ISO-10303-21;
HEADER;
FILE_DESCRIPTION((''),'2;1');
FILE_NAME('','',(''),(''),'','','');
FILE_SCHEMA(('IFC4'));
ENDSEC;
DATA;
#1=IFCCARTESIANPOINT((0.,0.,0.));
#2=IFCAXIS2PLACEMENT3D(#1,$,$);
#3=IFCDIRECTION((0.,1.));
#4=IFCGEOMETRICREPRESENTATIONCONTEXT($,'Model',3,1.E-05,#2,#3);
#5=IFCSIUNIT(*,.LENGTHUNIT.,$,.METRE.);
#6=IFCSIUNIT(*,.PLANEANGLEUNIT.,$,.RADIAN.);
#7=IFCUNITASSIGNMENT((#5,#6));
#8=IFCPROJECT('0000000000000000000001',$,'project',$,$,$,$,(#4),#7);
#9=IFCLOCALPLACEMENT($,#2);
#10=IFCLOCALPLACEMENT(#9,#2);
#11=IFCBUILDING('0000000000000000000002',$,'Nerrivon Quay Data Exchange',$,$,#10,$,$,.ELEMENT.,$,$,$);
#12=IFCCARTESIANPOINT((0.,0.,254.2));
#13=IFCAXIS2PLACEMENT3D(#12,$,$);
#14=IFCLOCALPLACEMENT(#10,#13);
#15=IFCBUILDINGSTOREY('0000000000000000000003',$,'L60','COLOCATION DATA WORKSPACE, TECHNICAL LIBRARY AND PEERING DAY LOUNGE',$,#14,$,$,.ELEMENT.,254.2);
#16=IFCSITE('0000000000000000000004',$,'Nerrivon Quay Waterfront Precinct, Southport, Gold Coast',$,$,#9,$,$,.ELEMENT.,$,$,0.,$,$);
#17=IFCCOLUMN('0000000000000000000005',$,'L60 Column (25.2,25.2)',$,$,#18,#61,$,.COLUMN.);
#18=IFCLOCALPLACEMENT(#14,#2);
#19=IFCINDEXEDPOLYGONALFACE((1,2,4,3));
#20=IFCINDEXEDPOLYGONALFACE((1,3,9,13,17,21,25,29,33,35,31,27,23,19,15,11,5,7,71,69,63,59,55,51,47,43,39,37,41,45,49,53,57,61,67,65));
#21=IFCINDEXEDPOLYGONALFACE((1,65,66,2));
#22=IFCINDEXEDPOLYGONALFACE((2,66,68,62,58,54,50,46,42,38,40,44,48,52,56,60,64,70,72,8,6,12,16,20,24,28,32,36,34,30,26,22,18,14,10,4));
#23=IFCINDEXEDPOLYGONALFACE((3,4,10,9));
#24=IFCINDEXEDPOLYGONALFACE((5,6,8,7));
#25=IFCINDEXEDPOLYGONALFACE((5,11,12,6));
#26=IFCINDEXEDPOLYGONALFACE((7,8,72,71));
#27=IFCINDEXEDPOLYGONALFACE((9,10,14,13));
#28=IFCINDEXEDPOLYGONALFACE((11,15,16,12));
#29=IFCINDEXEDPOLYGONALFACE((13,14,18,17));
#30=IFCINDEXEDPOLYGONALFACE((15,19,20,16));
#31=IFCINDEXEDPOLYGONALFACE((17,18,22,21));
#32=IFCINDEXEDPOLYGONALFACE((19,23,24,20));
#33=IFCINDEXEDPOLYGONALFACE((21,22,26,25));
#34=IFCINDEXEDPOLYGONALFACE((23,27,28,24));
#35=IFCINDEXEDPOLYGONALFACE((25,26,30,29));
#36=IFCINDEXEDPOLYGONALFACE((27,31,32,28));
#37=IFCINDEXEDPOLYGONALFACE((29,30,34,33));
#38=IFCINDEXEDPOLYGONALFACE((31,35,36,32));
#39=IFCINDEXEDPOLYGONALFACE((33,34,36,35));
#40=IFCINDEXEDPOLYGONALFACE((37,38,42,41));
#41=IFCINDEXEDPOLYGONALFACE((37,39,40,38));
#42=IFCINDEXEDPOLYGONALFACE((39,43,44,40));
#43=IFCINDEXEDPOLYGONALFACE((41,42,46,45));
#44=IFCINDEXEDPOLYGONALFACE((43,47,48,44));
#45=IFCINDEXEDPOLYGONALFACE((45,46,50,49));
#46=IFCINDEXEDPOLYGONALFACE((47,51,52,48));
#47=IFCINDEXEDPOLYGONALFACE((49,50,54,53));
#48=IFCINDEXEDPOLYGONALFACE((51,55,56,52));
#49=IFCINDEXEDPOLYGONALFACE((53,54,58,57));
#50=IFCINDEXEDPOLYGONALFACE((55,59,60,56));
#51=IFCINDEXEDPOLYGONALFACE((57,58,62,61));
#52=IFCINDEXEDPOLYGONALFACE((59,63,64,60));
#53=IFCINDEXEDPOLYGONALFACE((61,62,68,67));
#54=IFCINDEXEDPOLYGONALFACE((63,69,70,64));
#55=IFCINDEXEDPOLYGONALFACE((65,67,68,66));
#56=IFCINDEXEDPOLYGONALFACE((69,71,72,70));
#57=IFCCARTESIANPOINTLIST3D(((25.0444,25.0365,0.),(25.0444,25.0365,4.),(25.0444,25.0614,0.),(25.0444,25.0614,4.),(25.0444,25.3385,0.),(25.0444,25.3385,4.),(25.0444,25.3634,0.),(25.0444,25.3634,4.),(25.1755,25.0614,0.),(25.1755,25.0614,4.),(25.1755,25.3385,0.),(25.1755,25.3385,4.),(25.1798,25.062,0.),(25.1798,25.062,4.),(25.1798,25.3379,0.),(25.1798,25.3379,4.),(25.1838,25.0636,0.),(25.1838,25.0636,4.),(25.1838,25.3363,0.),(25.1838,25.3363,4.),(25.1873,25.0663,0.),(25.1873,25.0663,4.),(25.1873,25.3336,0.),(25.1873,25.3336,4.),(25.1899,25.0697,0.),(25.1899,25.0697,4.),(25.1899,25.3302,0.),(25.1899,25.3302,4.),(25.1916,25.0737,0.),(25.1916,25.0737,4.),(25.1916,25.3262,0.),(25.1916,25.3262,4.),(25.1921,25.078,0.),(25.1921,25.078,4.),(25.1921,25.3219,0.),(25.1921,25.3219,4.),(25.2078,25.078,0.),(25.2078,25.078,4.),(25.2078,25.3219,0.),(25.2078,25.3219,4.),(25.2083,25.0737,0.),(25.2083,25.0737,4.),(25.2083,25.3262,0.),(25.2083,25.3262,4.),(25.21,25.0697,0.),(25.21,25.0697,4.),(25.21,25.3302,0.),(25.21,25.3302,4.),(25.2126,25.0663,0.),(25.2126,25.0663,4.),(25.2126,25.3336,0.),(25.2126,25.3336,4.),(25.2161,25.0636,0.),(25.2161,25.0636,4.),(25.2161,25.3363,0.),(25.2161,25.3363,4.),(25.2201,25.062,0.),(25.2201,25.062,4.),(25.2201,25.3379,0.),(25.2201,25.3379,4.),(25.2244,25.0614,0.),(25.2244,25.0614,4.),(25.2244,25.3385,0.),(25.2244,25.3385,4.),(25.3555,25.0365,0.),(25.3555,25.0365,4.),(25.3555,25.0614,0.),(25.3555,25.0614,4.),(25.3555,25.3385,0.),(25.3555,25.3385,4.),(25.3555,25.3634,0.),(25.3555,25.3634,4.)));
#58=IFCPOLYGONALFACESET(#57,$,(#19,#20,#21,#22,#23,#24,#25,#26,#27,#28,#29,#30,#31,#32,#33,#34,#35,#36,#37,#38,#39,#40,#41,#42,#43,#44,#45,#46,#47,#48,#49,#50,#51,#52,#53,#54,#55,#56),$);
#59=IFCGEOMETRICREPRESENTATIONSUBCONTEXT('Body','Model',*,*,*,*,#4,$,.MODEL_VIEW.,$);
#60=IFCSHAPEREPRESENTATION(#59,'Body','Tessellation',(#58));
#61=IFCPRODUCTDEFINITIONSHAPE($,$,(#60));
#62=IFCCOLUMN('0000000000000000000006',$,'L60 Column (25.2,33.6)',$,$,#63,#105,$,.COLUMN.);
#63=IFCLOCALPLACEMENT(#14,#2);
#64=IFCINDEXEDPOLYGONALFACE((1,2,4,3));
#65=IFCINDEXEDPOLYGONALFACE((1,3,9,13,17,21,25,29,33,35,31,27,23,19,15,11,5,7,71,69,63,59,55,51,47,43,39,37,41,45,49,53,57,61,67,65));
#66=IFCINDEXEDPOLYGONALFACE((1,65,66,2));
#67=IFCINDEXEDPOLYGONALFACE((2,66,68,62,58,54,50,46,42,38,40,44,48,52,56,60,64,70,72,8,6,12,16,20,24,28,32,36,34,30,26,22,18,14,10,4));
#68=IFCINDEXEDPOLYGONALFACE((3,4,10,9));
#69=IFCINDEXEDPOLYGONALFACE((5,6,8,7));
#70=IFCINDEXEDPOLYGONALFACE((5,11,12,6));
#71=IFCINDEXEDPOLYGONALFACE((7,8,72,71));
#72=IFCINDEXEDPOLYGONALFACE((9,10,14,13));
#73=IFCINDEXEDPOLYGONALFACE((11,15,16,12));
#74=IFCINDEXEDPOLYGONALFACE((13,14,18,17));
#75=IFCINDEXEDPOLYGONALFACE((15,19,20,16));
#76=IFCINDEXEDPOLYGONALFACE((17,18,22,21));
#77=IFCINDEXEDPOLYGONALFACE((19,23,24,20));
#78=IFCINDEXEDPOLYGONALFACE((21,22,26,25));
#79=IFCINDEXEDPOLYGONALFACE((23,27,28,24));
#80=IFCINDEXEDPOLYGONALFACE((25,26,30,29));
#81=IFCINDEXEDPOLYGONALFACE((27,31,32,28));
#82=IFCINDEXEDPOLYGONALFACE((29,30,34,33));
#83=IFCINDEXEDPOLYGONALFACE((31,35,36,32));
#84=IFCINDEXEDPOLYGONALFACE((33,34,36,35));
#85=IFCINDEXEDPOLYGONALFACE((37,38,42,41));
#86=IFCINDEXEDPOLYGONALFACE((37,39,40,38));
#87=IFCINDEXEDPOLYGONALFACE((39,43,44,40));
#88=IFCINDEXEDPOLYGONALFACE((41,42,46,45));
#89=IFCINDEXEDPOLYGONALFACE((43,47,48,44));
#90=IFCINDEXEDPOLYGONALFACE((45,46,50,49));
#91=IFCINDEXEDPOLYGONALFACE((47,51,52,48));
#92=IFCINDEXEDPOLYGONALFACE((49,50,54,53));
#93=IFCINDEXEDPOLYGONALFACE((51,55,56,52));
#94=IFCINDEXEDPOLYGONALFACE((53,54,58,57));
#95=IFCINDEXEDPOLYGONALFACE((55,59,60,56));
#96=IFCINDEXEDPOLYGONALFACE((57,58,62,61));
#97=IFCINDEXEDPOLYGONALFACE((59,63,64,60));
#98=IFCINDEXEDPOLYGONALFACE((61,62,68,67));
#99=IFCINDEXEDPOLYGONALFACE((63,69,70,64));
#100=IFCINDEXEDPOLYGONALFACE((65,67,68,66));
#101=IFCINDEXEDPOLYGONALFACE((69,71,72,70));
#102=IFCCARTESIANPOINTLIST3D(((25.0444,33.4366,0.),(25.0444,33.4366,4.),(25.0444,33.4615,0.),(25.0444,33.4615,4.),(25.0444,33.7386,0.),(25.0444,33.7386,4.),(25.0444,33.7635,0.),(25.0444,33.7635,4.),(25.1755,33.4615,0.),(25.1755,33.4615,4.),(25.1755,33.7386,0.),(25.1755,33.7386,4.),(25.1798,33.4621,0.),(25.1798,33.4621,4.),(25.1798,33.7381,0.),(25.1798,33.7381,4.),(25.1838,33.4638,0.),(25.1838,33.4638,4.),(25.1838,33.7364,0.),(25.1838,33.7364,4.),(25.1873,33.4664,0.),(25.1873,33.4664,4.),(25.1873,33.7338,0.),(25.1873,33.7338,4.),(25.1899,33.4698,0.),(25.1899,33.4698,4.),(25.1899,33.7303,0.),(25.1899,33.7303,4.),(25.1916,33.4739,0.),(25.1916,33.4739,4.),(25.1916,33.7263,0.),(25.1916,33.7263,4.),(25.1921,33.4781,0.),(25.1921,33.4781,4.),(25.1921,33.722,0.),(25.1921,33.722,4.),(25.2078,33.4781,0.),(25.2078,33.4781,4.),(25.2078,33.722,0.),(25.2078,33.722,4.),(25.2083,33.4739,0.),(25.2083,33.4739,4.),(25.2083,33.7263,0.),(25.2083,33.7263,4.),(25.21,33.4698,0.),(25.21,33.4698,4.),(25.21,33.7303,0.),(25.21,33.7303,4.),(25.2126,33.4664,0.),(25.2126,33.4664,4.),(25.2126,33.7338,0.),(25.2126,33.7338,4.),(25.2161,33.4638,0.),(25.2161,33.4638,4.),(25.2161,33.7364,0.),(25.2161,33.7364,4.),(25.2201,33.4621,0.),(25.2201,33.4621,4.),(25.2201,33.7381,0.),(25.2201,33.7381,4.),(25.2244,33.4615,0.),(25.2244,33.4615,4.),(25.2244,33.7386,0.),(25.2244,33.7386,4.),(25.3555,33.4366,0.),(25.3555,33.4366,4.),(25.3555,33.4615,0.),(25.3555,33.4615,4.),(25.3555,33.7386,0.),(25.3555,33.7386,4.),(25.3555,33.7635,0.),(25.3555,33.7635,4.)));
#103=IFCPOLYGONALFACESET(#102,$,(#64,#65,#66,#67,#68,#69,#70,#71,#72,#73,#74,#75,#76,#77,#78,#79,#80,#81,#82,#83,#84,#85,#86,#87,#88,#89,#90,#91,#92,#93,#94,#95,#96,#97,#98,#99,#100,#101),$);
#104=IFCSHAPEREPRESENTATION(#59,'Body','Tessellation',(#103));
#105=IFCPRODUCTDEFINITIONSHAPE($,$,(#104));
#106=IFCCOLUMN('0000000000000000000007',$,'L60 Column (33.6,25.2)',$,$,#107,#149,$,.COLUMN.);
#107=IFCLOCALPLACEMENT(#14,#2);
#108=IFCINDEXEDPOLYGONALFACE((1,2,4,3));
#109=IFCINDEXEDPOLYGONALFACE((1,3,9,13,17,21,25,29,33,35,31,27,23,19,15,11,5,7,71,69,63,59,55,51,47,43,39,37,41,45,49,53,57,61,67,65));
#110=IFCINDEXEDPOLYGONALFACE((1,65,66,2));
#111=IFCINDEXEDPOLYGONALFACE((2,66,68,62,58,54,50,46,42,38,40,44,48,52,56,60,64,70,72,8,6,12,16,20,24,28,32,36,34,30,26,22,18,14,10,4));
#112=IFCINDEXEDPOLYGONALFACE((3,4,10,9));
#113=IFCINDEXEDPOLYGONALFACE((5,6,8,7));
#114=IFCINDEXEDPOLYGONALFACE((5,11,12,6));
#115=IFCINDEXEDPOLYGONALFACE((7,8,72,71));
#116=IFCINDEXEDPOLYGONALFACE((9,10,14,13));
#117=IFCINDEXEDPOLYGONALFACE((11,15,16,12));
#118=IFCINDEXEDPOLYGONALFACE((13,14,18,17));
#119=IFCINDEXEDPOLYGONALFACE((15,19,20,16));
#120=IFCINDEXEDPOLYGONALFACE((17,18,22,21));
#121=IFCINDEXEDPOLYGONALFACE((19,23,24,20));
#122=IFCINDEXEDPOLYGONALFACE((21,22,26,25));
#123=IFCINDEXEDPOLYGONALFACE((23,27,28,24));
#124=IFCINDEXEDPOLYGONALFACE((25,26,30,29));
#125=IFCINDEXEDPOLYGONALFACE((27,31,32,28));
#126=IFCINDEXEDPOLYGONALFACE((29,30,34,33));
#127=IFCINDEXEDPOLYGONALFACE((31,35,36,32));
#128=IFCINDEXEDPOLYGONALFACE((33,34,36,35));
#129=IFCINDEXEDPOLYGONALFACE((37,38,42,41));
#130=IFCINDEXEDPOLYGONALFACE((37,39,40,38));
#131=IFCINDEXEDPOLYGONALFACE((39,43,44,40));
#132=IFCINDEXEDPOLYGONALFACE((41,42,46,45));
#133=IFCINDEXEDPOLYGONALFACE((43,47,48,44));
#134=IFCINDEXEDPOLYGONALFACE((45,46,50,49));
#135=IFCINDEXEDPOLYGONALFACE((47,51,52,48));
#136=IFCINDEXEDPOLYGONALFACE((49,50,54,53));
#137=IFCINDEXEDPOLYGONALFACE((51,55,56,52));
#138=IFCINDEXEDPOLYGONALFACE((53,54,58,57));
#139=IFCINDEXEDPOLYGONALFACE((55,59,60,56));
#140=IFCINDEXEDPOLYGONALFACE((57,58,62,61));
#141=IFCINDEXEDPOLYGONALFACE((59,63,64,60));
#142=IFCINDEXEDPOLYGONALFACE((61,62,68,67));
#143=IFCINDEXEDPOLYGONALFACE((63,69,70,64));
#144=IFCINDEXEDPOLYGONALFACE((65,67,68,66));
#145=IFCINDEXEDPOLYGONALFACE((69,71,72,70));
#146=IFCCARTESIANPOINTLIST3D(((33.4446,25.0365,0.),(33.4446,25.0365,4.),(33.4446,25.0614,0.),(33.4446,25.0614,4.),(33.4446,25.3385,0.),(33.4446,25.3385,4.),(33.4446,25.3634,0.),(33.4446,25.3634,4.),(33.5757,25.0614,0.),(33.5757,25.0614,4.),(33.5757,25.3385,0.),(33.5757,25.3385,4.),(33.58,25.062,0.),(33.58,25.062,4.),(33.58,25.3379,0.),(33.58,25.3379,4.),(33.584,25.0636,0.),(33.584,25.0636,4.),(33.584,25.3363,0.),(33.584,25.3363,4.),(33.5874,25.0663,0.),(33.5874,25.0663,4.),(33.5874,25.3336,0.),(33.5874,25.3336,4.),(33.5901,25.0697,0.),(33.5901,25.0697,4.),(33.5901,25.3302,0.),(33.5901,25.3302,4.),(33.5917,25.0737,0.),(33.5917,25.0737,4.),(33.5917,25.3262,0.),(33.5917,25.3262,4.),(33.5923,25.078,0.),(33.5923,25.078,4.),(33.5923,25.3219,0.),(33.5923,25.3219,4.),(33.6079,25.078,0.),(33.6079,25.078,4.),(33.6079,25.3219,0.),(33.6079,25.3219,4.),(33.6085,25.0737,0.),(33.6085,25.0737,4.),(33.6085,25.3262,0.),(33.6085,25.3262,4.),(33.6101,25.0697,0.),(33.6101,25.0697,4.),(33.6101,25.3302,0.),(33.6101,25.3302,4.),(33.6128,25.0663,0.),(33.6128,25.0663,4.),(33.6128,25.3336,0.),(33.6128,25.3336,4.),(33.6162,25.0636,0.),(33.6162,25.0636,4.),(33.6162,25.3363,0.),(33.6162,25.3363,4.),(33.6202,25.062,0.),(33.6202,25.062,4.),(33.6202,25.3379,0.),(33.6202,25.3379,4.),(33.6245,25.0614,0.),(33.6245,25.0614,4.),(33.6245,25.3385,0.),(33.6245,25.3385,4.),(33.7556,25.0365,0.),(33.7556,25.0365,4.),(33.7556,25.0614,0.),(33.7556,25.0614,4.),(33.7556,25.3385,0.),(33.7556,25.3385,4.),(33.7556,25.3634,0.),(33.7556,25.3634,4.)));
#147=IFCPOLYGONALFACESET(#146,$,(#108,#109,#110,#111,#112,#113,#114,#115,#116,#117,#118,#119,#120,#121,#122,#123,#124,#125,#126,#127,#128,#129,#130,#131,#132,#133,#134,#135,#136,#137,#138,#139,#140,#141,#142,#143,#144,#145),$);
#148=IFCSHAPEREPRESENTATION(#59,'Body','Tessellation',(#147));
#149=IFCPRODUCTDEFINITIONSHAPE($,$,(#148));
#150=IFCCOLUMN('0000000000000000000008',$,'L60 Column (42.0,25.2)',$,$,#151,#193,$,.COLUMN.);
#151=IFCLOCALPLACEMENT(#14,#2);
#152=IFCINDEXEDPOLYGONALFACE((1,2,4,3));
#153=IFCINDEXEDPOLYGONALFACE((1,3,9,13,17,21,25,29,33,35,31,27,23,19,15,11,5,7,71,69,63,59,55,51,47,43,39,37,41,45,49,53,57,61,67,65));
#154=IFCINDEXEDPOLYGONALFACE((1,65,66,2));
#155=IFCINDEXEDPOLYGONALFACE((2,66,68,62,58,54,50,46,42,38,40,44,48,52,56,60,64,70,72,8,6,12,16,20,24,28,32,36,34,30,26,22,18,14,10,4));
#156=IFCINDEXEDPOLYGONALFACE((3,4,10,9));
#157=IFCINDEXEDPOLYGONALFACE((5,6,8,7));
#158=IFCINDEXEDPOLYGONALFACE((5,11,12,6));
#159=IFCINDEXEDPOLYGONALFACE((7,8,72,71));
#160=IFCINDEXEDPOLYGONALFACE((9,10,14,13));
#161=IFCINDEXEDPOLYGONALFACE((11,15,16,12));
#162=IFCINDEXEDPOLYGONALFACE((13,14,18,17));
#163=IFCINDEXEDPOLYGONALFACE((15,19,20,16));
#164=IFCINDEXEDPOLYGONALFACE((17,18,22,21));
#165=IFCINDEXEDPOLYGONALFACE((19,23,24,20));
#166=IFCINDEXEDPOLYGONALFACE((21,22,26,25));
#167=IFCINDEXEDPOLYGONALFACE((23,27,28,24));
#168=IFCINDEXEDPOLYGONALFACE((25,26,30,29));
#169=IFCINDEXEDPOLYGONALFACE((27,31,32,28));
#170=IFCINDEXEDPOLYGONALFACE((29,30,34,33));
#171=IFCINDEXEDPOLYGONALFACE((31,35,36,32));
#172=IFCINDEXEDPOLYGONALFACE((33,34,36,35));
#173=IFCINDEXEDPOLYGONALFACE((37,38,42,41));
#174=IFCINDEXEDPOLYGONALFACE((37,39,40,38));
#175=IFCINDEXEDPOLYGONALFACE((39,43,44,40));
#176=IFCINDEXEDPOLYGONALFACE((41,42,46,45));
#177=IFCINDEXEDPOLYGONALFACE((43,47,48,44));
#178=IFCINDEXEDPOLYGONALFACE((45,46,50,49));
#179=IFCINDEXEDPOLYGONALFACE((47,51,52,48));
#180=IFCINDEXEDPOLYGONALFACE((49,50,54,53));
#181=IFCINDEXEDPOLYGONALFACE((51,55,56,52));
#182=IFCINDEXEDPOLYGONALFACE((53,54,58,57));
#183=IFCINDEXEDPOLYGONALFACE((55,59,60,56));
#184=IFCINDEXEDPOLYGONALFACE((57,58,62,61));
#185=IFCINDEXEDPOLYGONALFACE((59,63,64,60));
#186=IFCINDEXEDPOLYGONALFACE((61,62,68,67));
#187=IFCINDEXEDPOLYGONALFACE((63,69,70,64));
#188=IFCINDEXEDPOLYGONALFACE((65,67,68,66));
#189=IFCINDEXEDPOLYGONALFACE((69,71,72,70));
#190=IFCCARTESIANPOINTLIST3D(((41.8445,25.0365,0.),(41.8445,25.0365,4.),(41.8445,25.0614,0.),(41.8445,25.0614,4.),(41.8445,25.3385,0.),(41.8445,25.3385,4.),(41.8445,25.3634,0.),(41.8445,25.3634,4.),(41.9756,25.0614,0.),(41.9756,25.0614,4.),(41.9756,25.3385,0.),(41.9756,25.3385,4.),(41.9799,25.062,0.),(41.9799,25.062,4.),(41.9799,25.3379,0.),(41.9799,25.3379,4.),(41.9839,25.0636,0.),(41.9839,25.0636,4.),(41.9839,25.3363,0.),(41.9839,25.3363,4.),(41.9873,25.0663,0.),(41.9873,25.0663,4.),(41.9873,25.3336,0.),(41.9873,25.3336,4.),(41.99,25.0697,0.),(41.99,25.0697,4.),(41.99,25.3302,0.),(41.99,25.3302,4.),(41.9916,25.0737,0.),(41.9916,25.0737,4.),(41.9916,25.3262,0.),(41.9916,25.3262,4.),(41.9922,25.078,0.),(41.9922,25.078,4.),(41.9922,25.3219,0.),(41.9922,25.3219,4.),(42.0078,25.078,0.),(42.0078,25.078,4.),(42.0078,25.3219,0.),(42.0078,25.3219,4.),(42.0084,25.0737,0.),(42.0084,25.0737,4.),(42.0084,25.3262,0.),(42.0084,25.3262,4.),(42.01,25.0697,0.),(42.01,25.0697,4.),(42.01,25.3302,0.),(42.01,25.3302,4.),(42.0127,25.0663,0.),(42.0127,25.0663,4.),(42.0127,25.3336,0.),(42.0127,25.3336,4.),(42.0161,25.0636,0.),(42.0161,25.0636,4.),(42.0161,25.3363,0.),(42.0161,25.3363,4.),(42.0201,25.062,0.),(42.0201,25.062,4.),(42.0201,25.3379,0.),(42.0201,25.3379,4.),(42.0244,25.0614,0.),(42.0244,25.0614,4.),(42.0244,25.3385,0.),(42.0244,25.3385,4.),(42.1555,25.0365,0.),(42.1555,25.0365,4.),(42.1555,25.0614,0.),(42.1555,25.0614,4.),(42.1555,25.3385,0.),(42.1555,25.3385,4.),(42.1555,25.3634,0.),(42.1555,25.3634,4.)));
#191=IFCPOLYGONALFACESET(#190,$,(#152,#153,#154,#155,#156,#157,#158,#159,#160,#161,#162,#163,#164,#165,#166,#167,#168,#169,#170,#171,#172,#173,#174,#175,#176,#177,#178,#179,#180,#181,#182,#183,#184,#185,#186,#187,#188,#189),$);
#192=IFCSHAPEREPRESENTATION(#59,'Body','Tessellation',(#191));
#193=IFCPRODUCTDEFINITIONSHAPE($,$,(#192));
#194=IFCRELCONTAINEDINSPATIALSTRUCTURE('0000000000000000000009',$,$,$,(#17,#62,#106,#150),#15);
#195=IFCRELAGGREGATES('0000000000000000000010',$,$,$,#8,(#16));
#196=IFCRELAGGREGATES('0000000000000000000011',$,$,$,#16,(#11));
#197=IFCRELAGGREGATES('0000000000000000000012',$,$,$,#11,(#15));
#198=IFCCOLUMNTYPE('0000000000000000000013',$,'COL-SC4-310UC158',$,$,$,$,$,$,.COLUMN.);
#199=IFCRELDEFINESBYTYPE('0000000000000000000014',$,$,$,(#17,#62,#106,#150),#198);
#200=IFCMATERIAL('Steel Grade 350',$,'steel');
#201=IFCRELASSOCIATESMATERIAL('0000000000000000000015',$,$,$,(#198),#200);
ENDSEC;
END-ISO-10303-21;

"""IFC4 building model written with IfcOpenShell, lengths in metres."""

from ifc_helpers import new_model, si_unit, direction, frame, origin, origin_2d, place, context, subcontext, project, spatial, i_section, extrude, material, material_profile, profile_set, type_object, element, save


model = new_model("IFC4")

# Units and contexts
model_context = context("Model", 3, precision=1e-05, world=origin(), true_north=direction((0.0, 1.0)))
body_context = subcontext(model_context, "Body", "Model", "MODEL_VIEW")
ifc_project = project(units=[si_unit("LENGTHUNIT", "METRE"), si_unit("PLANEANGLEUNIT", "RADIAN")], contexts=[model_context])

# Site, building, storey
site_placement = place(None, origin())
site = spatial("IfcSite", under=ifc_project, at=site_placement, Name="Nerrivon Quay Waterfront Precinct, Southport, Gold Coast", CompositionType="ELEMENT", RefElevation=0.0)
building_placement = place(site_placement, origin())
building = spatial("IfcBuilding", under=site, at=building_placement, Name="Nerrivon Quay Data Exchange", CompositionType="ELEMENT")
storey_placement = place(building_placement, frame((0.0, 0.0, 254.2)))
storey = spatial("IfcBuildingStorey", under=building, at=storey_placement, Name="L60", Description="COLOCATION DATA WORKSPACE, TECHNICAL LIBRARY AND PEERING DAY LOUNGE", CompositionType="ELEMENT", Elevation=254.2)

# Columns
ifc_material_1 = material(Name="Steel Grade 350", Category="steel")
ifc_material_profile_1 = material_profile(ifc_material_1, i_section(OverallWidth=0.311, OverallDepth=0.3269, WebThickness=0.0156, FlangeThickness=0.0249, FilletRadius=0.0166, at=origin_2d()), Name="310UC158")
ifc_profile_set_1 = profile_set([ifc_material_profile_1], Name="Steel Grade 350")
column_type = type_object("IfcColumnType", Name="COL-SC4-310UC158", PredefinedType="COLUMN", material=ifc_profile_set_1)
for number, where, z_axis, x_axis, name in (
    (1, (25.2, 25.2, 0.0), (0.0, 0.0, 1.0), (1.0, 0.0, 0.0), "L60 Column (25.2,25.2)"),
    (2, (25.2, 33.6001, 0.0), (0.0, 0.0, 1.0), (1.0, 0.0, 0.0), "L60 Column (25.2,33.6)"),
    (3, (33.6001, 25.2, 0.0), (0.0, 0.0, 1.0), (1.0, 0.0, 0.0), "L60 Column (33.6,25.2)"),
    (4, (42.0, 25.2, 0.0), (0.0, 0.0, 1.0), (1.0, 0.0, 0.0), "L60 Column (42.0,25.2)"),
):
    element("IfcColumn", number, at=place(storey_placement, frame(where, z_axis=z_axis, x_axis=x_axis)), inside=storey, type_object=column_type, Name=name, PredefinedType="COLUMN", context=body_context, shape_type="SweptSolid", body=[
        extrude(i_section(OverallWidth=0.311, OverallDepth=0.3269, WebThickness=0.0156, FlangeThickness=0.0249, FilletRadius=0.0166, at=origin_2d()), origin(), (0.0, 0.0, 1.0), 4.0),
    ])

save(model, "model.ifc")
